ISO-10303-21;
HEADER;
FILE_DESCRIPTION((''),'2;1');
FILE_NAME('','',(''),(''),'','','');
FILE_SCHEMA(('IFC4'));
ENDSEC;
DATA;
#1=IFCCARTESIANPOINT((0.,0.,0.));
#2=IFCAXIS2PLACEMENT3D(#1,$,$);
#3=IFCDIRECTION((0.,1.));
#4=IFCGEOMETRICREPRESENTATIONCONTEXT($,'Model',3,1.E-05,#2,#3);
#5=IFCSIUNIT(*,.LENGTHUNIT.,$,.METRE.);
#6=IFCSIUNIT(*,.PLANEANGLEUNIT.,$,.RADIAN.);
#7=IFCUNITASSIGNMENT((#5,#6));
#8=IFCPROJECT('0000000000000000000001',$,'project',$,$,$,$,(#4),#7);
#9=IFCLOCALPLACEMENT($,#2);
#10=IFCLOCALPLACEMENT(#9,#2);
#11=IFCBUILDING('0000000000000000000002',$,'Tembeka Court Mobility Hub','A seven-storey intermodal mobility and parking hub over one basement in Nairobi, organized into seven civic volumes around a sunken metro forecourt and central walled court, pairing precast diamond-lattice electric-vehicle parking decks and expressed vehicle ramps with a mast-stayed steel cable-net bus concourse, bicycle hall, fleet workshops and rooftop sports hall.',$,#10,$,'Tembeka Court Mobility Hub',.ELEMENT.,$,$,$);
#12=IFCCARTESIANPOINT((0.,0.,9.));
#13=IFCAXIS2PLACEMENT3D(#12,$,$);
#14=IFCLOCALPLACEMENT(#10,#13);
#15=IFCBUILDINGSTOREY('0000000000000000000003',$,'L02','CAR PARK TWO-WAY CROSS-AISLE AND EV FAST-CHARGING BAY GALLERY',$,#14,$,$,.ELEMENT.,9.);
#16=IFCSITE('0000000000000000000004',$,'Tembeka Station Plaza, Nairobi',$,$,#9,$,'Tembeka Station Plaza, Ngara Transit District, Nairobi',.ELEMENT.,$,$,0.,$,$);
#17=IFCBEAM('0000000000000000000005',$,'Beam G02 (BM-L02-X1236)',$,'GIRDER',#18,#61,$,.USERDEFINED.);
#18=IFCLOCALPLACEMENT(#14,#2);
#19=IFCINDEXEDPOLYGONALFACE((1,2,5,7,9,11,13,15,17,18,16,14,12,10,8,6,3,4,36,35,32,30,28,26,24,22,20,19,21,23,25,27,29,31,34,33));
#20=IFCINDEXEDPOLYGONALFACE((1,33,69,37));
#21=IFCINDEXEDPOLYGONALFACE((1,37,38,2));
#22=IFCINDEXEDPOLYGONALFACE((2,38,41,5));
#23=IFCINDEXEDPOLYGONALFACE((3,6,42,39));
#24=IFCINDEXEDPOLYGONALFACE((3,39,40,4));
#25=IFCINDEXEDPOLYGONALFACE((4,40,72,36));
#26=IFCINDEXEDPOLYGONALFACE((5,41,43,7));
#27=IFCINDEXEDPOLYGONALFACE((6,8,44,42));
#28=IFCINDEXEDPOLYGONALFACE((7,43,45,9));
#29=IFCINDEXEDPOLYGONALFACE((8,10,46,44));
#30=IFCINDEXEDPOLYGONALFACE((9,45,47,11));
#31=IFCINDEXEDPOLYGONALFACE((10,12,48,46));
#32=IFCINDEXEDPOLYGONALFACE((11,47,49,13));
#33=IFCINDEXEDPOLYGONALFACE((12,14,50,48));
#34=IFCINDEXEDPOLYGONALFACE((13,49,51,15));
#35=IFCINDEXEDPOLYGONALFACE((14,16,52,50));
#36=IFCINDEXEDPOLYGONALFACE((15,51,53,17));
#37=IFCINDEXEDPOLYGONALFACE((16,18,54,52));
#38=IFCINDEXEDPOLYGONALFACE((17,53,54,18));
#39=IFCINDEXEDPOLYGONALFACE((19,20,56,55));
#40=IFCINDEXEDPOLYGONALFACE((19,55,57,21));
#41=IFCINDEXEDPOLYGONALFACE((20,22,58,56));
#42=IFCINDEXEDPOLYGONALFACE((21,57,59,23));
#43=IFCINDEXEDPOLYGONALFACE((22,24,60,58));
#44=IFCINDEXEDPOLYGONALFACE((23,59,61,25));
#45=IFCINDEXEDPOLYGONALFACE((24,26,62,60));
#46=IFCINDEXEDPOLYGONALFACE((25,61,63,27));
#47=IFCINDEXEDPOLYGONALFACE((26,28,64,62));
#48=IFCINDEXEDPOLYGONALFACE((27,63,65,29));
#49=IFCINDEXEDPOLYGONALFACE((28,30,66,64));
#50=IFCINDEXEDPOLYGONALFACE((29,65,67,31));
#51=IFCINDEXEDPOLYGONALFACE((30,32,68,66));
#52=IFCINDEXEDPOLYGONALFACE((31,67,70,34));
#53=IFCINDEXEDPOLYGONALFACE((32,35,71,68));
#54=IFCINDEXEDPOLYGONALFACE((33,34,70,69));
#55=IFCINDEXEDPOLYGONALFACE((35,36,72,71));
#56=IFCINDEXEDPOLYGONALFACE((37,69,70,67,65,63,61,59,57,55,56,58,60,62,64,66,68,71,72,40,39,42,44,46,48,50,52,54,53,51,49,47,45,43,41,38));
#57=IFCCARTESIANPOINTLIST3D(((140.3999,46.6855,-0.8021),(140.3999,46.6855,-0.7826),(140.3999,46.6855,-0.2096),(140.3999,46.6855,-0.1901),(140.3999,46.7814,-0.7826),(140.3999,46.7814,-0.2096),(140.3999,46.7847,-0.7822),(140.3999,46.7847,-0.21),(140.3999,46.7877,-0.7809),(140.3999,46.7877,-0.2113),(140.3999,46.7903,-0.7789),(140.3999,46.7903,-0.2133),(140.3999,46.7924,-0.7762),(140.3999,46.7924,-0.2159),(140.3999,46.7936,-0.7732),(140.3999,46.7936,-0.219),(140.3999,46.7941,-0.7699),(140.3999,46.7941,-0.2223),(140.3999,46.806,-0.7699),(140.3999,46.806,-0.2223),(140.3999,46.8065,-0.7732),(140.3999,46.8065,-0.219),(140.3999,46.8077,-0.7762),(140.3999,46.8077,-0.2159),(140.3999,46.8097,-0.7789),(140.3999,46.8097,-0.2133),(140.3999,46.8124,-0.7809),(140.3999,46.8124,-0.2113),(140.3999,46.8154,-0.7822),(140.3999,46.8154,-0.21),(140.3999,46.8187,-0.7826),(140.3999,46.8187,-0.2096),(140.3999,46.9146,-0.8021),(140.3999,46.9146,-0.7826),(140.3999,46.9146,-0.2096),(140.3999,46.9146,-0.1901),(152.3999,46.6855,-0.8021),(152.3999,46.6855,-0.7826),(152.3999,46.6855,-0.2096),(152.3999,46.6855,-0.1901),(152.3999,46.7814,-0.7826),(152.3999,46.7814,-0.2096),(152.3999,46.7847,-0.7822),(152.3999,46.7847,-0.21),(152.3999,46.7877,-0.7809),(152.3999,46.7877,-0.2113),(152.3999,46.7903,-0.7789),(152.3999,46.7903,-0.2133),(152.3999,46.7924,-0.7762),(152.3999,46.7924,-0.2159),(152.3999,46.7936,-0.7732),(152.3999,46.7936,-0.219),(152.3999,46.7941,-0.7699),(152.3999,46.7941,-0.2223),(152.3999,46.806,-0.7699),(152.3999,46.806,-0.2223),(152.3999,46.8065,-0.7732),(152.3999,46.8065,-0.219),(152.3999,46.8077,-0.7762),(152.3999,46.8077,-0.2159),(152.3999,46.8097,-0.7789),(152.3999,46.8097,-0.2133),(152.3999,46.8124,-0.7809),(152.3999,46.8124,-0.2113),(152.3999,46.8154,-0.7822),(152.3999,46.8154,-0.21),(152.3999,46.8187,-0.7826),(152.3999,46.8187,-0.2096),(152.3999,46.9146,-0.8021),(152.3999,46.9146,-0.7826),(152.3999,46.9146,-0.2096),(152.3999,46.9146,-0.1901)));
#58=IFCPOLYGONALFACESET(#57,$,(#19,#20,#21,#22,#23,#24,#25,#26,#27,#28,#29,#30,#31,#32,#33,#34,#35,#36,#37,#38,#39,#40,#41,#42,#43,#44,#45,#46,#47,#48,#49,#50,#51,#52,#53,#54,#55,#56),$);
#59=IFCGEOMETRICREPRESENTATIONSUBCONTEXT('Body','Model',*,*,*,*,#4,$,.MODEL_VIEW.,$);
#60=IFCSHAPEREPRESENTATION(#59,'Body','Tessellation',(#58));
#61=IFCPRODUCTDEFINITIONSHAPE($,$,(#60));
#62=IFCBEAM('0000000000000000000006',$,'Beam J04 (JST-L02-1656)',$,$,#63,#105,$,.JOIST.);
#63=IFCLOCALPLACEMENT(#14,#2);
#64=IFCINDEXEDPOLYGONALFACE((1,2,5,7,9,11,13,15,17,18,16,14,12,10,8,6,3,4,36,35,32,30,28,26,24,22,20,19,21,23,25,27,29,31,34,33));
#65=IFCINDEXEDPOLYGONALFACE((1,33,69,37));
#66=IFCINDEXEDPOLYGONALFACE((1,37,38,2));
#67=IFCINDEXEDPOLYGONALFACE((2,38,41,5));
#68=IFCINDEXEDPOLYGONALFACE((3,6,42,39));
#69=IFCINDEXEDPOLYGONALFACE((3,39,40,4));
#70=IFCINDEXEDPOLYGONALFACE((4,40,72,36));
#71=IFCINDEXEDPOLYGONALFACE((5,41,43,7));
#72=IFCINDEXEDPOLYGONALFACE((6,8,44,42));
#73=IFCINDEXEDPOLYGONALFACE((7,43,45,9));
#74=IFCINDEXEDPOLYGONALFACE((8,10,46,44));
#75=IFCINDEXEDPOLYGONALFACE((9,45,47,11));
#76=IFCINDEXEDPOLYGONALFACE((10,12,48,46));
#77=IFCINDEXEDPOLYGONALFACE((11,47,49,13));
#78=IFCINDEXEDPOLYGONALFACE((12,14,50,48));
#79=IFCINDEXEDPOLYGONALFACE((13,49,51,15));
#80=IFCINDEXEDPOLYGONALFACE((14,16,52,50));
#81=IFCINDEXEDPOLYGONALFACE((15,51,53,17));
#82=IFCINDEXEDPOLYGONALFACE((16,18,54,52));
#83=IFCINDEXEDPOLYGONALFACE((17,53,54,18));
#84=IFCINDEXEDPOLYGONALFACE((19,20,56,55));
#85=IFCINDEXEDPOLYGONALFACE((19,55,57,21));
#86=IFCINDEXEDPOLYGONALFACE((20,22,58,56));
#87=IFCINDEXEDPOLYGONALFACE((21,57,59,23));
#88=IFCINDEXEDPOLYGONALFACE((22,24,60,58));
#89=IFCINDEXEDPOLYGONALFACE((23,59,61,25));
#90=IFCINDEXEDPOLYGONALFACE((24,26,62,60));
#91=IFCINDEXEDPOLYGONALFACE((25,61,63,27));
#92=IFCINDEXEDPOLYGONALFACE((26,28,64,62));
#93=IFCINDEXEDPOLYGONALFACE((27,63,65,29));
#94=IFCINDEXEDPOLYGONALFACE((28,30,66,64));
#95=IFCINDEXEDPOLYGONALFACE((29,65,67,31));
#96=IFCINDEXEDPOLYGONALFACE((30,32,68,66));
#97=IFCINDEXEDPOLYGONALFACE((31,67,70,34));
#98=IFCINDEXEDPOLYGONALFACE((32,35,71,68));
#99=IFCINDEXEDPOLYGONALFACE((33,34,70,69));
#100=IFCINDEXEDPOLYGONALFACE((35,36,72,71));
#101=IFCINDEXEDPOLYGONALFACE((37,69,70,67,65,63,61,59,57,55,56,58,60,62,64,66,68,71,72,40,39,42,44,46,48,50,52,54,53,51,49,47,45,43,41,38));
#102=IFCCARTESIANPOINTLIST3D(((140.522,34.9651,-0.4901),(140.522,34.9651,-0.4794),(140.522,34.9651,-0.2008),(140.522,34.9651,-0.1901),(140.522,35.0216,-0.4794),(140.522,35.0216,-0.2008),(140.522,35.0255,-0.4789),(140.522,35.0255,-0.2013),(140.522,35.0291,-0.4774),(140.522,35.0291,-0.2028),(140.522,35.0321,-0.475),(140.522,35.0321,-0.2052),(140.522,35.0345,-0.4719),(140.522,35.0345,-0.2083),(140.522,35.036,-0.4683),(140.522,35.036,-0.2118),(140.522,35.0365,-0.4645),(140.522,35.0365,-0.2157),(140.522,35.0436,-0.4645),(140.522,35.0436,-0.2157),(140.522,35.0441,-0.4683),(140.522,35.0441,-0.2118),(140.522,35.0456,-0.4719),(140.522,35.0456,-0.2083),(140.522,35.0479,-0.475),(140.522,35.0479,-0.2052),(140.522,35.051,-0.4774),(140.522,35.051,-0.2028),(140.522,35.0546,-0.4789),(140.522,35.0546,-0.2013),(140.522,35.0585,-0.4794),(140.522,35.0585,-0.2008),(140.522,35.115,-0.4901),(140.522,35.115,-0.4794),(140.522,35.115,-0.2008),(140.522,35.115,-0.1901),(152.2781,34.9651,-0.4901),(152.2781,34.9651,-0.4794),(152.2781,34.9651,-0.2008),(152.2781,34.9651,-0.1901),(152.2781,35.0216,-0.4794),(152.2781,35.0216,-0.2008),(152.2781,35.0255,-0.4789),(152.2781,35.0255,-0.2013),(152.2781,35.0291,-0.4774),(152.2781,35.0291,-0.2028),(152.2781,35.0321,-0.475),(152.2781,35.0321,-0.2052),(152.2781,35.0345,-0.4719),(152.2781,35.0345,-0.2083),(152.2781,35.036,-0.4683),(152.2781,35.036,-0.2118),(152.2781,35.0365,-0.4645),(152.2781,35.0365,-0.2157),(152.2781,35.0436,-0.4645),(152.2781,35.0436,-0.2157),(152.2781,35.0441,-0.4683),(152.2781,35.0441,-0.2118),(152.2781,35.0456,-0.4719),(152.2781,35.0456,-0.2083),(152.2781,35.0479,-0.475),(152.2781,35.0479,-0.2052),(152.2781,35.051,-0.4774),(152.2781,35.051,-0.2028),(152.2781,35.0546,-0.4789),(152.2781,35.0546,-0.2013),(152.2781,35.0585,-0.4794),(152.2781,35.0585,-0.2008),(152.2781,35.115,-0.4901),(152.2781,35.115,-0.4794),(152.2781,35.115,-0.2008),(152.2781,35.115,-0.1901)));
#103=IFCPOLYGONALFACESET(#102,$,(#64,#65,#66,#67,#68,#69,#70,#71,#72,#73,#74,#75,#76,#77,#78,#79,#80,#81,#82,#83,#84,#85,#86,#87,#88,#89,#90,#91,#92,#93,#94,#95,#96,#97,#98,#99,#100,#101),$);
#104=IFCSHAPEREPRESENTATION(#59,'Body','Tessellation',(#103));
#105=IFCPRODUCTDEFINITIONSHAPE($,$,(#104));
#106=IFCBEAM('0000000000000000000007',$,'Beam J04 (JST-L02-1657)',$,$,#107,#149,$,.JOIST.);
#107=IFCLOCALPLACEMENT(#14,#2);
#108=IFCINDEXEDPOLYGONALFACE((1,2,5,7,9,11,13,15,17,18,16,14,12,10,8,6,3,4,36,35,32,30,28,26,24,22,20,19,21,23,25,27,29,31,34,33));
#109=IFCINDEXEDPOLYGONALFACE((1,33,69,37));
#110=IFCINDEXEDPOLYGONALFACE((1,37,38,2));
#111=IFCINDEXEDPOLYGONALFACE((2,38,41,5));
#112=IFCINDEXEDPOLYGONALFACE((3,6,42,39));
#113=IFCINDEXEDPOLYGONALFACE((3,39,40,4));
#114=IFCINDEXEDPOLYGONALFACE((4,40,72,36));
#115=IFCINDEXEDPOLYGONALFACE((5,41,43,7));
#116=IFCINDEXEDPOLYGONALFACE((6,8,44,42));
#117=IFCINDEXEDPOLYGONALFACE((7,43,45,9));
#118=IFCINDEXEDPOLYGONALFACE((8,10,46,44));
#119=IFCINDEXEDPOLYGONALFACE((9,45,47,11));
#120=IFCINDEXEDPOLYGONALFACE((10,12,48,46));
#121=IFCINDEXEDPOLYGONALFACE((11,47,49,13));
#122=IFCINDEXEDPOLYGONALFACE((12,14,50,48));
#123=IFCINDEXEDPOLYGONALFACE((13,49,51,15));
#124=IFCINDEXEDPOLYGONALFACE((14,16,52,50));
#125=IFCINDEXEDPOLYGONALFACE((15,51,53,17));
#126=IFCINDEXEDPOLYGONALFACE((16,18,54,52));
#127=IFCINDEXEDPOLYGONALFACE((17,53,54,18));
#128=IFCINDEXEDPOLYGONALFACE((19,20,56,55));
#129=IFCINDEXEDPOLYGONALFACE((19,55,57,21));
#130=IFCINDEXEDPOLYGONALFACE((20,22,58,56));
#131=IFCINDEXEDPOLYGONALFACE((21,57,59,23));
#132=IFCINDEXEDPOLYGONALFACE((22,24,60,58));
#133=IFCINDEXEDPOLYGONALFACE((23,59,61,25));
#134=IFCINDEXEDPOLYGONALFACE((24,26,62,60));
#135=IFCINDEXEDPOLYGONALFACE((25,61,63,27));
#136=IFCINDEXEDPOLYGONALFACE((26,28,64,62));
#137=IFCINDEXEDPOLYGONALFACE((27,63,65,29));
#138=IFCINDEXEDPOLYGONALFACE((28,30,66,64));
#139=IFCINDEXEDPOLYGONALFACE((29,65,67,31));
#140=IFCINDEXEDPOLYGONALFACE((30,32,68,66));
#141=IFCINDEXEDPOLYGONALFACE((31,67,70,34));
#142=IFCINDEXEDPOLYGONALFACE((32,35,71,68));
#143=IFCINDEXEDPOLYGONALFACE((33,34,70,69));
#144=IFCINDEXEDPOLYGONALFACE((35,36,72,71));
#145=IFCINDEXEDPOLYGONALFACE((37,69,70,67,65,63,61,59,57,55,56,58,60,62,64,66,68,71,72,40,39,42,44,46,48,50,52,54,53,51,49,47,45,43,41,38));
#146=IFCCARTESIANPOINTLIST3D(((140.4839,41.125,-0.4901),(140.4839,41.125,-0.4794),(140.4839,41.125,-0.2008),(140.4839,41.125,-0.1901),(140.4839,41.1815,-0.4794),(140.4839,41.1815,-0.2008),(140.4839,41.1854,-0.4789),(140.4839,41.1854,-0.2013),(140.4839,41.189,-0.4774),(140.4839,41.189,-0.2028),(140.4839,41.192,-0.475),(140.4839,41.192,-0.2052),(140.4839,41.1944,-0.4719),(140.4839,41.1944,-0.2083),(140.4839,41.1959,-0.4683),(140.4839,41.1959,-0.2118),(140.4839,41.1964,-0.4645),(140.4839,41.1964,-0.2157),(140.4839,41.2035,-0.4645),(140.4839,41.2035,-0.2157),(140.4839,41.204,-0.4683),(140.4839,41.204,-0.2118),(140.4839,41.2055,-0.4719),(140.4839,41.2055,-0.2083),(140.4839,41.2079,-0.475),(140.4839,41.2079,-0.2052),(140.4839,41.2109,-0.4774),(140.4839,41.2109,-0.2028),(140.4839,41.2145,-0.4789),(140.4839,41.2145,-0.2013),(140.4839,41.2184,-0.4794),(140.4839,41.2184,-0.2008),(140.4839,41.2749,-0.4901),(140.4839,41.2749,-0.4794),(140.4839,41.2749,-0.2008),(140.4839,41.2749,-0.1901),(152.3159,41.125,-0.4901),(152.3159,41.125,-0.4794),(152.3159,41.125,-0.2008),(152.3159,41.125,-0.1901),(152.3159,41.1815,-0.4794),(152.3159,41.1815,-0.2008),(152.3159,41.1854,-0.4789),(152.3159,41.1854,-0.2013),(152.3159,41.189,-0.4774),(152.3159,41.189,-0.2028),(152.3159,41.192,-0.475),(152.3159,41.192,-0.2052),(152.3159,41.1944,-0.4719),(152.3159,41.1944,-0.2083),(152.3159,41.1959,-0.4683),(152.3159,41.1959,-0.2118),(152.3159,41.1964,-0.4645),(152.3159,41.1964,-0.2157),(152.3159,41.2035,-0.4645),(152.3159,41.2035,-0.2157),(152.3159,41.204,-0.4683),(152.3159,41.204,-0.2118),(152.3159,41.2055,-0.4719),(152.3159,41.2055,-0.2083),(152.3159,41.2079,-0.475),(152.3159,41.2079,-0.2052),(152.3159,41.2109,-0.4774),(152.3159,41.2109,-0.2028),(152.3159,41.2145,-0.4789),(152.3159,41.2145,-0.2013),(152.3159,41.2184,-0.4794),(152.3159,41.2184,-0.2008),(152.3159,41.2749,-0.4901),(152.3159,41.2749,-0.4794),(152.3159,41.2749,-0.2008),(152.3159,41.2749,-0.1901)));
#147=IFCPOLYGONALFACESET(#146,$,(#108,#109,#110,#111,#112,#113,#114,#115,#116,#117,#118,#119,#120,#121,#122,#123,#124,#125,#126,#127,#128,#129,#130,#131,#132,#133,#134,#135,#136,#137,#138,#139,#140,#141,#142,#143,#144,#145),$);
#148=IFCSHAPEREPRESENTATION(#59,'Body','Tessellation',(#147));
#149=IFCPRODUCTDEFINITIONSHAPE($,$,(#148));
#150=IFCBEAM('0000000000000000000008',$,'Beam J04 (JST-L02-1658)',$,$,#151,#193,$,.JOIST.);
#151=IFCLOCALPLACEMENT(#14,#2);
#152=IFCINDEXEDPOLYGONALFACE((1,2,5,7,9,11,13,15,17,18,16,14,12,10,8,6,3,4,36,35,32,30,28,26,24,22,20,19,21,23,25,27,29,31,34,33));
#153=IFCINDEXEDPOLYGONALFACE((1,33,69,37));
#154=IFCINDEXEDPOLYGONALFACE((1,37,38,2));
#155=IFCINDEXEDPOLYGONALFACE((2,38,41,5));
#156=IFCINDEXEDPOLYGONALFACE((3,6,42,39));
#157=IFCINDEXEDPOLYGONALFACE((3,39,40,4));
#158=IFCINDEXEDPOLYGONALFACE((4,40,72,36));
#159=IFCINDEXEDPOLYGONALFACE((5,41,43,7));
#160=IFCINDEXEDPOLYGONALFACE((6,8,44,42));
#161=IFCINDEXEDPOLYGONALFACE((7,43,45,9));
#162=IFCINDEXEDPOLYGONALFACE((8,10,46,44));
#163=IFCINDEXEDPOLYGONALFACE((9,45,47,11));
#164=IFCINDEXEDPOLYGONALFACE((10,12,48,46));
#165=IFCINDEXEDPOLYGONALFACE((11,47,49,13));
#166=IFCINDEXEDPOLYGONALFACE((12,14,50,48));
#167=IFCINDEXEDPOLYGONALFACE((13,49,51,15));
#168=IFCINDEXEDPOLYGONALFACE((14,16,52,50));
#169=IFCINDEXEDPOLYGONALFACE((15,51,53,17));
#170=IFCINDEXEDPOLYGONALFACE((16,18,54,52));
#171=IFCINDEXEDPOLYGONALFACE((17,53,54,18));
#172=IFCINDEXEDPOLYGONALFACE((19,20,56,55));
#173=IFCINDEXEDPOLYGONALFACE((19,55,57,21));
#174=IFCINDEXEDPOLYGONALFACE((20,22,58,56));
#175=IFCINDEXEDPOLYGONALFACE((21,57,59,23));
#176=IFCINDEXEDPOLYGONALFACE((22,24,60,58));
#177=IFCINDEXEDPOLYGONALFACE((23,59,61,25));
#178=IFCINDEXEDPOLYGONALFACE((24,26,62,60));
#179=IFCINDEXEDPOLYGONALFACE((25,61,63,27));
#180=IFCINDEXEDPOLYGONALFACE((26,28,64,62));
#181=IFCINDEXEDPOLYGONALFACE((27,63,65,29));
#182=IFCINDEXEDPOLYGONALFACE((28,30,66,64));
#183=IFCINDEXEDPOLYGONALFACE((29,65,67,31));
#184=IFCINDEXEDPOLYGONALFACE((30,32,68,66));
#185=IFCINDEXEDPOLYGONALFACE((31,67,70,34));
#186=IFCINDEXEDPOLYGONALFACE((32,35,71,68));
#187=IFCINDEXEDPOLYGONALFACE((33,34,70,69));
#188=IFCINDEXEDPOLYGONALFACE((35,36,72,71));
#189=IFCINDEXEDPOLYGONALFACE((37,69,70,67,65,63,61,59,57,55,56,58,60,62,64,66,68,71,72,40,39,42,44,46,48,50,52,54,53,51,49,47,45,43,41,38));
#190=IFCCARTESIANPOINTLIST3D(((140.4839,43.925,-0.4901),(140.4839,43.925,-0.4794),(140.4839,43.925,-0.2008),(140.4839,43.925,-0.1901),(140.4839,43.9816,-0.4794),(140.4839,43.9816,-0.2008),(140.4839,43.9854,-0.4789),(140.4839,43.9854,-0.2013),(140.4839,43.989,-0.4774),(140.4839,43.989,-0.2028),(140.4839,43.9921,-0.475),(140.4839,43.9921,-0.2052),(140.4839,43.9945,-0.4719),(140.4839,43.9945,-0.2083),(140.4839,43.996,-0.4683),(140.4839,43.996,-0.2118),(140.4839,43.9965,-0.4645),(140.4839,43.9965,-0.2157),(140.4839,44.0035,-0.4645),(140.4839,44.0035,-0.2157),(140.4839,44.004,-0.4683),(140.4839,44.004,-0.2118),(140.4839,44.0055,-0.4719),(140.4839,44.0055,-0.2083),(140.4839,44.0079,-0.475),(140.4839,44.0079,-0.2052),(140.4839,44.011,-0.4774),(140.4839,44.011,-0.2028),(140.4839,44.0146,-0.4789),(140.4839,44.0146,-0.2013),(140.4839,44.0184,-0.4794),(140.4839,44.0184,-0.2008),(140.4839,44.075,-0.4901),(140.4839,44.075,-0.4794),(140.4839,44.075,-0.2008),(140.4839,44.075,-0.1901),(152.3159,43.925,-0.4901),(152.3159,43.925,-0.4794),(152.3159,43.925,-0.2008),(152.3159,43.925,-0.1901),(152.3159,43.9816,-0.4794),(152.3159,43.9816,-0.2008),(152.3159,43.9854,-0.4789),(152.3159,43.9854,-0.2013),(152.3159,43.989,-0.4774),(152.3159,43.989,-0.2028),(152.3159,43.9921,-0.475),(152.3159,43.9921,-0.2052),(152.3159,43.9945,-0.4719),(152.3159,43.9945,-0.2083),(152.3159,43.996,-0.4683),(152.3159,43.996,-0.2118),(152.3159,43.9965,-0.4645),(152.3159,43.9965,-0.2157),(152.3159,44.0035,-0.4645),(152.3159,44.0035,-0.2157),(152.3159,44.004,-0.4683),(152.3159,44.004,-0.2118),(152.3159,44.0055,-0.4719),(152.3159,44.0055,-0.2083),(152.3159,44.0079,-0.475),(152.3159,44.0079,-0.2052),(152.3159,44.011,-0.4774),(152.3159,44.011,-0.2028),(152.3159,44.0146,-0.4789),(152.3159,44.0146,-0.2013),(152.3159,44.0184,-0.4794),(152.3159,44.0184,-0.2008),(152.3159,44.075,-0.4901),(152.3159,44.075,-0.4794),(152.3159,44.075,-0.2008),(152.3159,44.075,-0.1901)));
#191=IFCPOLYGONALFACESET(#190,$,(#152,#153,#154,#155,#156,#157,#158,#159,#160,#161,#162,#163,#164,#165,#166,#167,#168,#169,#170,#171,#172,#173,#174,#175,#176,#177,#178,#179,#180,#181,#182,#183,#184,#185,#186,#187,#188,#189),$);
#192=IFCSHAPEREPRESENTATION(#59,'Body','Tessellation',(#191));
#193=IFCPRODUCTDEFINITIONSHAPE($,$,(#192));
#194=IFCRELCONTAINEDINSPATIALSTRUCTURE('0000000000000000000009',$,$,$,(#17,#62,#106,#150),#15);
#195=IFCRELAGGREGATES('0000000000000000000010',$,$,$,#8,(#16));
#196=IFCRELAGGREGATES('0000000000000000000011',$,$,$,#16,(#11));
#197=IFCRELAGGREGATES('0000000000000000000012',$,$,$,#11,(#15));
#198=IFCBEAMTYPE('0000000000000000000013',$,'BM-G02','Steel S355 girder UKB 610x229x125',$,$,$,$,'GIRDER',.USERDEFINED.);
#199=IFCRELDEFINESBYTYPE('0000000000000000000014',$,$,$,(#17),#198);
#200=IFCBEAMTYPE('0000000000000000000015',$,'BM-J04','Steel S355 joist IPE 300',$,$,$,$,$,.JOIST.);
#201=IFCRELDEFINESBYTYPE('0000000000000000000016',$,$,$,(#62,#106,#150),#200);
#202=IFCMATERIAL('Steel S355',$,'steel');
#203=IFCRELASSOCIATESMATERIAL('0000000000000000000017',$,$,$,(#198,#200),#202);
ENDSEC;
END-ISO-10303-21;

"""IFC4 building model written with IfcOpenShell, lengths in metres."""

from ifc_helpers import new_model, si_unit, direction, frame, origin, origin_2d, place, context, subcontext, project, spatial, i_section, extrude, material, material_profile, profile_set, type_object, element, save


model = new_model("IFC4")

# Units and contexts
model_context = context("Model", 3, precision=1e-05, world=origin(), true_north=direction((0.0, 1.0)))
body_context = subcontext(model_context, "Body", "Model", "MODEL_VIEW")
ifc_project = project(units=[si_unit("LENGTHUNIT", "METRE"), si_unit("PLANEANGLEUNIT", "RADIAN")], contexts=[model_context])

# Site, building, storey
site_placement = place(None, origin())
site = spatial("IfcSite", under=ifc_project, at=site_placement, Name="Tembeka Station Plaza, Nairobi", LongName="Tembeka Station Plaza, Ngara Transit District, Nairobi", CompositionType="ELEMENT", RefElevation=0.0)
building_placement = place(site_placement, origin())
building = spatial("IfcBuilding", under=site, at=building_placement, Name="Tembeka Court Mobility Hub", Description="A seven-storey intermodal mobility and parking hub over one basement in Nairobi, organized into seven civic volumes around a sunken metro forecourt and central walled court, pairing precast diamond-lattice electric-vehicle parking decks and expressed vehicle ramps with a mast-stayed steel cable-net bus concourse, bicycle hall, fleet workshops and rooftop sports hall.", LongName="Tembeka Court Mobility Hub", CompositionType="ELEMENT")
storey_placement = place(building_placement, frame((0.0, 0.0, 9.0)))
storey = spatial("IfcBuildingStorey", under=building, at=storey_placement, Name="L02", Description="CAR PARK TWO-WAY CROSS-AISLE AND EV FAST-CHARGING BAY GALLERY", CompositionType="ELEMENT", Elevation=9.0)

# Shared definitions
ifc_material_1 = material(Name="Steel S355", Category="steel")

# Beams
ifc_material_profile_1 = material_profile(ifc_material_1, i_section(OverallWidth=0.229, OverallDepth=0.6121, WebThickness=0.012, FlangeThickness=0.0195, FilletRadius=0.0127, at=origin_2d()), Name="UKB 610x229x125")
ifc_profile_set_1 = profile_set([ifc_material_profile_1], Name="Steel S355")
beam_type_1 = type_object("IfcBeamType", Name="BM-G02", Description="Steel S355 girder UKB 610x229x125", ElementType="GIRDER", PredefinedType="USERDEFINED", material=ifc_profile_set_1)
for number, where, z_axis, x_axis, name in (
    (1, (140.3999, 46.8, -0.4961), (1.0, 0.0, 0.0), (0.0, 1.0, 0.0), "Beam G02 (BM-L02-X1236)"),
):
    element("IfcBeam", number, at=place(storey_placement, frame(where, z_axis=z_axis, x_axis=x_axis)), inside=storey, type_object=beam_type_1, Name=name, ObjectType="GIRDER", PredefinedType="USERDEFINED", context=body_context, shape_type="SweptSolid", body=[
        extrude(i_section(OverallWidth=0.229, OverallDepth=0.6121, WebThickness=0.012, FlangeThickness=0.0195, FilletRadius=0.0127, at=origin_2d()), origin(), (0.0, 0.0, 1.0), 12.0),
    ])
ifc_material_profile_2 = material_profile(ifc_material_1, i_section(OverallWidth=0.1499, OverallDepth=0.3, WebThickness=0.0071, FlangeThickness=0.0107, FilletRadius=0.0149, at=origin_2d()), Name="IPE 300")
ifc_profile_set_2 = profile_set([ifc_material_profile_2], Name="Steel S355")
beam_type_2 = type_object("IfcBeamType", Name="BM-J04", Description="Steel S355 joist IPE 300", PredefinedType="JOIST", material=ifc_profile_set_2)
beam_1_placement = place(storey_placement, frame((140.522, 35.04, -0.3401), z_axis=(1.0, 0.0, 0.0), x_axis=(0.0, 1.0, 0.0)))
element("IfcBeam", 2, at=beam_1_placement, inside=storey, type_object=beam_type_2, Name="Beam J04 (JST-L02-1656)", PredefinedType="JOIST", context=body_context, shape_type="SweptSolid", body=[
    extrude(i_section(OverallWidth=0.1499, OverallDepth=0.3, WebThickness=0.0071, FlangeThickness=0.0107, FilletRadius=0.0149, at=origin_2d()), origin(), (0.0, 0.0, 1.0), 11.7561),
])
for number, where, z_axis, x_axis, name in (
    (3, (140.4839, 41.2, -0.3401), (1.0, 0.0, 0.0), (0.0, 1.0, 0.0), "Beam J04 (JST-L02-1657)"),
    (4, (140.4839, 44.0, -0.3401), (1.0, 0.0, 0.0), (0.0, 1.0, 0.0), "Beam J04 (JST-L02-1658)"),
):
    element("IfcBeam", number, at=place(storey_placement, frame(where, z_axis=z_axis, x_axis=x_axis)), inside=storey, type_object=beam_type_2, Name=name, PredefinedType="JOIST", context=body_context, shape_type="SweptSolid", body=[
        extrude(i_section(OverallWidth=0.1499, OverallDepth=0.3, WebThickness=0.0071, FlangeThickness=0.0107, FilletRadius=0.0149, at=origin_2d()), origin(), (0.0, 0.0, 1.0), 11.832),
    ])

save(model, "model.ifc")
